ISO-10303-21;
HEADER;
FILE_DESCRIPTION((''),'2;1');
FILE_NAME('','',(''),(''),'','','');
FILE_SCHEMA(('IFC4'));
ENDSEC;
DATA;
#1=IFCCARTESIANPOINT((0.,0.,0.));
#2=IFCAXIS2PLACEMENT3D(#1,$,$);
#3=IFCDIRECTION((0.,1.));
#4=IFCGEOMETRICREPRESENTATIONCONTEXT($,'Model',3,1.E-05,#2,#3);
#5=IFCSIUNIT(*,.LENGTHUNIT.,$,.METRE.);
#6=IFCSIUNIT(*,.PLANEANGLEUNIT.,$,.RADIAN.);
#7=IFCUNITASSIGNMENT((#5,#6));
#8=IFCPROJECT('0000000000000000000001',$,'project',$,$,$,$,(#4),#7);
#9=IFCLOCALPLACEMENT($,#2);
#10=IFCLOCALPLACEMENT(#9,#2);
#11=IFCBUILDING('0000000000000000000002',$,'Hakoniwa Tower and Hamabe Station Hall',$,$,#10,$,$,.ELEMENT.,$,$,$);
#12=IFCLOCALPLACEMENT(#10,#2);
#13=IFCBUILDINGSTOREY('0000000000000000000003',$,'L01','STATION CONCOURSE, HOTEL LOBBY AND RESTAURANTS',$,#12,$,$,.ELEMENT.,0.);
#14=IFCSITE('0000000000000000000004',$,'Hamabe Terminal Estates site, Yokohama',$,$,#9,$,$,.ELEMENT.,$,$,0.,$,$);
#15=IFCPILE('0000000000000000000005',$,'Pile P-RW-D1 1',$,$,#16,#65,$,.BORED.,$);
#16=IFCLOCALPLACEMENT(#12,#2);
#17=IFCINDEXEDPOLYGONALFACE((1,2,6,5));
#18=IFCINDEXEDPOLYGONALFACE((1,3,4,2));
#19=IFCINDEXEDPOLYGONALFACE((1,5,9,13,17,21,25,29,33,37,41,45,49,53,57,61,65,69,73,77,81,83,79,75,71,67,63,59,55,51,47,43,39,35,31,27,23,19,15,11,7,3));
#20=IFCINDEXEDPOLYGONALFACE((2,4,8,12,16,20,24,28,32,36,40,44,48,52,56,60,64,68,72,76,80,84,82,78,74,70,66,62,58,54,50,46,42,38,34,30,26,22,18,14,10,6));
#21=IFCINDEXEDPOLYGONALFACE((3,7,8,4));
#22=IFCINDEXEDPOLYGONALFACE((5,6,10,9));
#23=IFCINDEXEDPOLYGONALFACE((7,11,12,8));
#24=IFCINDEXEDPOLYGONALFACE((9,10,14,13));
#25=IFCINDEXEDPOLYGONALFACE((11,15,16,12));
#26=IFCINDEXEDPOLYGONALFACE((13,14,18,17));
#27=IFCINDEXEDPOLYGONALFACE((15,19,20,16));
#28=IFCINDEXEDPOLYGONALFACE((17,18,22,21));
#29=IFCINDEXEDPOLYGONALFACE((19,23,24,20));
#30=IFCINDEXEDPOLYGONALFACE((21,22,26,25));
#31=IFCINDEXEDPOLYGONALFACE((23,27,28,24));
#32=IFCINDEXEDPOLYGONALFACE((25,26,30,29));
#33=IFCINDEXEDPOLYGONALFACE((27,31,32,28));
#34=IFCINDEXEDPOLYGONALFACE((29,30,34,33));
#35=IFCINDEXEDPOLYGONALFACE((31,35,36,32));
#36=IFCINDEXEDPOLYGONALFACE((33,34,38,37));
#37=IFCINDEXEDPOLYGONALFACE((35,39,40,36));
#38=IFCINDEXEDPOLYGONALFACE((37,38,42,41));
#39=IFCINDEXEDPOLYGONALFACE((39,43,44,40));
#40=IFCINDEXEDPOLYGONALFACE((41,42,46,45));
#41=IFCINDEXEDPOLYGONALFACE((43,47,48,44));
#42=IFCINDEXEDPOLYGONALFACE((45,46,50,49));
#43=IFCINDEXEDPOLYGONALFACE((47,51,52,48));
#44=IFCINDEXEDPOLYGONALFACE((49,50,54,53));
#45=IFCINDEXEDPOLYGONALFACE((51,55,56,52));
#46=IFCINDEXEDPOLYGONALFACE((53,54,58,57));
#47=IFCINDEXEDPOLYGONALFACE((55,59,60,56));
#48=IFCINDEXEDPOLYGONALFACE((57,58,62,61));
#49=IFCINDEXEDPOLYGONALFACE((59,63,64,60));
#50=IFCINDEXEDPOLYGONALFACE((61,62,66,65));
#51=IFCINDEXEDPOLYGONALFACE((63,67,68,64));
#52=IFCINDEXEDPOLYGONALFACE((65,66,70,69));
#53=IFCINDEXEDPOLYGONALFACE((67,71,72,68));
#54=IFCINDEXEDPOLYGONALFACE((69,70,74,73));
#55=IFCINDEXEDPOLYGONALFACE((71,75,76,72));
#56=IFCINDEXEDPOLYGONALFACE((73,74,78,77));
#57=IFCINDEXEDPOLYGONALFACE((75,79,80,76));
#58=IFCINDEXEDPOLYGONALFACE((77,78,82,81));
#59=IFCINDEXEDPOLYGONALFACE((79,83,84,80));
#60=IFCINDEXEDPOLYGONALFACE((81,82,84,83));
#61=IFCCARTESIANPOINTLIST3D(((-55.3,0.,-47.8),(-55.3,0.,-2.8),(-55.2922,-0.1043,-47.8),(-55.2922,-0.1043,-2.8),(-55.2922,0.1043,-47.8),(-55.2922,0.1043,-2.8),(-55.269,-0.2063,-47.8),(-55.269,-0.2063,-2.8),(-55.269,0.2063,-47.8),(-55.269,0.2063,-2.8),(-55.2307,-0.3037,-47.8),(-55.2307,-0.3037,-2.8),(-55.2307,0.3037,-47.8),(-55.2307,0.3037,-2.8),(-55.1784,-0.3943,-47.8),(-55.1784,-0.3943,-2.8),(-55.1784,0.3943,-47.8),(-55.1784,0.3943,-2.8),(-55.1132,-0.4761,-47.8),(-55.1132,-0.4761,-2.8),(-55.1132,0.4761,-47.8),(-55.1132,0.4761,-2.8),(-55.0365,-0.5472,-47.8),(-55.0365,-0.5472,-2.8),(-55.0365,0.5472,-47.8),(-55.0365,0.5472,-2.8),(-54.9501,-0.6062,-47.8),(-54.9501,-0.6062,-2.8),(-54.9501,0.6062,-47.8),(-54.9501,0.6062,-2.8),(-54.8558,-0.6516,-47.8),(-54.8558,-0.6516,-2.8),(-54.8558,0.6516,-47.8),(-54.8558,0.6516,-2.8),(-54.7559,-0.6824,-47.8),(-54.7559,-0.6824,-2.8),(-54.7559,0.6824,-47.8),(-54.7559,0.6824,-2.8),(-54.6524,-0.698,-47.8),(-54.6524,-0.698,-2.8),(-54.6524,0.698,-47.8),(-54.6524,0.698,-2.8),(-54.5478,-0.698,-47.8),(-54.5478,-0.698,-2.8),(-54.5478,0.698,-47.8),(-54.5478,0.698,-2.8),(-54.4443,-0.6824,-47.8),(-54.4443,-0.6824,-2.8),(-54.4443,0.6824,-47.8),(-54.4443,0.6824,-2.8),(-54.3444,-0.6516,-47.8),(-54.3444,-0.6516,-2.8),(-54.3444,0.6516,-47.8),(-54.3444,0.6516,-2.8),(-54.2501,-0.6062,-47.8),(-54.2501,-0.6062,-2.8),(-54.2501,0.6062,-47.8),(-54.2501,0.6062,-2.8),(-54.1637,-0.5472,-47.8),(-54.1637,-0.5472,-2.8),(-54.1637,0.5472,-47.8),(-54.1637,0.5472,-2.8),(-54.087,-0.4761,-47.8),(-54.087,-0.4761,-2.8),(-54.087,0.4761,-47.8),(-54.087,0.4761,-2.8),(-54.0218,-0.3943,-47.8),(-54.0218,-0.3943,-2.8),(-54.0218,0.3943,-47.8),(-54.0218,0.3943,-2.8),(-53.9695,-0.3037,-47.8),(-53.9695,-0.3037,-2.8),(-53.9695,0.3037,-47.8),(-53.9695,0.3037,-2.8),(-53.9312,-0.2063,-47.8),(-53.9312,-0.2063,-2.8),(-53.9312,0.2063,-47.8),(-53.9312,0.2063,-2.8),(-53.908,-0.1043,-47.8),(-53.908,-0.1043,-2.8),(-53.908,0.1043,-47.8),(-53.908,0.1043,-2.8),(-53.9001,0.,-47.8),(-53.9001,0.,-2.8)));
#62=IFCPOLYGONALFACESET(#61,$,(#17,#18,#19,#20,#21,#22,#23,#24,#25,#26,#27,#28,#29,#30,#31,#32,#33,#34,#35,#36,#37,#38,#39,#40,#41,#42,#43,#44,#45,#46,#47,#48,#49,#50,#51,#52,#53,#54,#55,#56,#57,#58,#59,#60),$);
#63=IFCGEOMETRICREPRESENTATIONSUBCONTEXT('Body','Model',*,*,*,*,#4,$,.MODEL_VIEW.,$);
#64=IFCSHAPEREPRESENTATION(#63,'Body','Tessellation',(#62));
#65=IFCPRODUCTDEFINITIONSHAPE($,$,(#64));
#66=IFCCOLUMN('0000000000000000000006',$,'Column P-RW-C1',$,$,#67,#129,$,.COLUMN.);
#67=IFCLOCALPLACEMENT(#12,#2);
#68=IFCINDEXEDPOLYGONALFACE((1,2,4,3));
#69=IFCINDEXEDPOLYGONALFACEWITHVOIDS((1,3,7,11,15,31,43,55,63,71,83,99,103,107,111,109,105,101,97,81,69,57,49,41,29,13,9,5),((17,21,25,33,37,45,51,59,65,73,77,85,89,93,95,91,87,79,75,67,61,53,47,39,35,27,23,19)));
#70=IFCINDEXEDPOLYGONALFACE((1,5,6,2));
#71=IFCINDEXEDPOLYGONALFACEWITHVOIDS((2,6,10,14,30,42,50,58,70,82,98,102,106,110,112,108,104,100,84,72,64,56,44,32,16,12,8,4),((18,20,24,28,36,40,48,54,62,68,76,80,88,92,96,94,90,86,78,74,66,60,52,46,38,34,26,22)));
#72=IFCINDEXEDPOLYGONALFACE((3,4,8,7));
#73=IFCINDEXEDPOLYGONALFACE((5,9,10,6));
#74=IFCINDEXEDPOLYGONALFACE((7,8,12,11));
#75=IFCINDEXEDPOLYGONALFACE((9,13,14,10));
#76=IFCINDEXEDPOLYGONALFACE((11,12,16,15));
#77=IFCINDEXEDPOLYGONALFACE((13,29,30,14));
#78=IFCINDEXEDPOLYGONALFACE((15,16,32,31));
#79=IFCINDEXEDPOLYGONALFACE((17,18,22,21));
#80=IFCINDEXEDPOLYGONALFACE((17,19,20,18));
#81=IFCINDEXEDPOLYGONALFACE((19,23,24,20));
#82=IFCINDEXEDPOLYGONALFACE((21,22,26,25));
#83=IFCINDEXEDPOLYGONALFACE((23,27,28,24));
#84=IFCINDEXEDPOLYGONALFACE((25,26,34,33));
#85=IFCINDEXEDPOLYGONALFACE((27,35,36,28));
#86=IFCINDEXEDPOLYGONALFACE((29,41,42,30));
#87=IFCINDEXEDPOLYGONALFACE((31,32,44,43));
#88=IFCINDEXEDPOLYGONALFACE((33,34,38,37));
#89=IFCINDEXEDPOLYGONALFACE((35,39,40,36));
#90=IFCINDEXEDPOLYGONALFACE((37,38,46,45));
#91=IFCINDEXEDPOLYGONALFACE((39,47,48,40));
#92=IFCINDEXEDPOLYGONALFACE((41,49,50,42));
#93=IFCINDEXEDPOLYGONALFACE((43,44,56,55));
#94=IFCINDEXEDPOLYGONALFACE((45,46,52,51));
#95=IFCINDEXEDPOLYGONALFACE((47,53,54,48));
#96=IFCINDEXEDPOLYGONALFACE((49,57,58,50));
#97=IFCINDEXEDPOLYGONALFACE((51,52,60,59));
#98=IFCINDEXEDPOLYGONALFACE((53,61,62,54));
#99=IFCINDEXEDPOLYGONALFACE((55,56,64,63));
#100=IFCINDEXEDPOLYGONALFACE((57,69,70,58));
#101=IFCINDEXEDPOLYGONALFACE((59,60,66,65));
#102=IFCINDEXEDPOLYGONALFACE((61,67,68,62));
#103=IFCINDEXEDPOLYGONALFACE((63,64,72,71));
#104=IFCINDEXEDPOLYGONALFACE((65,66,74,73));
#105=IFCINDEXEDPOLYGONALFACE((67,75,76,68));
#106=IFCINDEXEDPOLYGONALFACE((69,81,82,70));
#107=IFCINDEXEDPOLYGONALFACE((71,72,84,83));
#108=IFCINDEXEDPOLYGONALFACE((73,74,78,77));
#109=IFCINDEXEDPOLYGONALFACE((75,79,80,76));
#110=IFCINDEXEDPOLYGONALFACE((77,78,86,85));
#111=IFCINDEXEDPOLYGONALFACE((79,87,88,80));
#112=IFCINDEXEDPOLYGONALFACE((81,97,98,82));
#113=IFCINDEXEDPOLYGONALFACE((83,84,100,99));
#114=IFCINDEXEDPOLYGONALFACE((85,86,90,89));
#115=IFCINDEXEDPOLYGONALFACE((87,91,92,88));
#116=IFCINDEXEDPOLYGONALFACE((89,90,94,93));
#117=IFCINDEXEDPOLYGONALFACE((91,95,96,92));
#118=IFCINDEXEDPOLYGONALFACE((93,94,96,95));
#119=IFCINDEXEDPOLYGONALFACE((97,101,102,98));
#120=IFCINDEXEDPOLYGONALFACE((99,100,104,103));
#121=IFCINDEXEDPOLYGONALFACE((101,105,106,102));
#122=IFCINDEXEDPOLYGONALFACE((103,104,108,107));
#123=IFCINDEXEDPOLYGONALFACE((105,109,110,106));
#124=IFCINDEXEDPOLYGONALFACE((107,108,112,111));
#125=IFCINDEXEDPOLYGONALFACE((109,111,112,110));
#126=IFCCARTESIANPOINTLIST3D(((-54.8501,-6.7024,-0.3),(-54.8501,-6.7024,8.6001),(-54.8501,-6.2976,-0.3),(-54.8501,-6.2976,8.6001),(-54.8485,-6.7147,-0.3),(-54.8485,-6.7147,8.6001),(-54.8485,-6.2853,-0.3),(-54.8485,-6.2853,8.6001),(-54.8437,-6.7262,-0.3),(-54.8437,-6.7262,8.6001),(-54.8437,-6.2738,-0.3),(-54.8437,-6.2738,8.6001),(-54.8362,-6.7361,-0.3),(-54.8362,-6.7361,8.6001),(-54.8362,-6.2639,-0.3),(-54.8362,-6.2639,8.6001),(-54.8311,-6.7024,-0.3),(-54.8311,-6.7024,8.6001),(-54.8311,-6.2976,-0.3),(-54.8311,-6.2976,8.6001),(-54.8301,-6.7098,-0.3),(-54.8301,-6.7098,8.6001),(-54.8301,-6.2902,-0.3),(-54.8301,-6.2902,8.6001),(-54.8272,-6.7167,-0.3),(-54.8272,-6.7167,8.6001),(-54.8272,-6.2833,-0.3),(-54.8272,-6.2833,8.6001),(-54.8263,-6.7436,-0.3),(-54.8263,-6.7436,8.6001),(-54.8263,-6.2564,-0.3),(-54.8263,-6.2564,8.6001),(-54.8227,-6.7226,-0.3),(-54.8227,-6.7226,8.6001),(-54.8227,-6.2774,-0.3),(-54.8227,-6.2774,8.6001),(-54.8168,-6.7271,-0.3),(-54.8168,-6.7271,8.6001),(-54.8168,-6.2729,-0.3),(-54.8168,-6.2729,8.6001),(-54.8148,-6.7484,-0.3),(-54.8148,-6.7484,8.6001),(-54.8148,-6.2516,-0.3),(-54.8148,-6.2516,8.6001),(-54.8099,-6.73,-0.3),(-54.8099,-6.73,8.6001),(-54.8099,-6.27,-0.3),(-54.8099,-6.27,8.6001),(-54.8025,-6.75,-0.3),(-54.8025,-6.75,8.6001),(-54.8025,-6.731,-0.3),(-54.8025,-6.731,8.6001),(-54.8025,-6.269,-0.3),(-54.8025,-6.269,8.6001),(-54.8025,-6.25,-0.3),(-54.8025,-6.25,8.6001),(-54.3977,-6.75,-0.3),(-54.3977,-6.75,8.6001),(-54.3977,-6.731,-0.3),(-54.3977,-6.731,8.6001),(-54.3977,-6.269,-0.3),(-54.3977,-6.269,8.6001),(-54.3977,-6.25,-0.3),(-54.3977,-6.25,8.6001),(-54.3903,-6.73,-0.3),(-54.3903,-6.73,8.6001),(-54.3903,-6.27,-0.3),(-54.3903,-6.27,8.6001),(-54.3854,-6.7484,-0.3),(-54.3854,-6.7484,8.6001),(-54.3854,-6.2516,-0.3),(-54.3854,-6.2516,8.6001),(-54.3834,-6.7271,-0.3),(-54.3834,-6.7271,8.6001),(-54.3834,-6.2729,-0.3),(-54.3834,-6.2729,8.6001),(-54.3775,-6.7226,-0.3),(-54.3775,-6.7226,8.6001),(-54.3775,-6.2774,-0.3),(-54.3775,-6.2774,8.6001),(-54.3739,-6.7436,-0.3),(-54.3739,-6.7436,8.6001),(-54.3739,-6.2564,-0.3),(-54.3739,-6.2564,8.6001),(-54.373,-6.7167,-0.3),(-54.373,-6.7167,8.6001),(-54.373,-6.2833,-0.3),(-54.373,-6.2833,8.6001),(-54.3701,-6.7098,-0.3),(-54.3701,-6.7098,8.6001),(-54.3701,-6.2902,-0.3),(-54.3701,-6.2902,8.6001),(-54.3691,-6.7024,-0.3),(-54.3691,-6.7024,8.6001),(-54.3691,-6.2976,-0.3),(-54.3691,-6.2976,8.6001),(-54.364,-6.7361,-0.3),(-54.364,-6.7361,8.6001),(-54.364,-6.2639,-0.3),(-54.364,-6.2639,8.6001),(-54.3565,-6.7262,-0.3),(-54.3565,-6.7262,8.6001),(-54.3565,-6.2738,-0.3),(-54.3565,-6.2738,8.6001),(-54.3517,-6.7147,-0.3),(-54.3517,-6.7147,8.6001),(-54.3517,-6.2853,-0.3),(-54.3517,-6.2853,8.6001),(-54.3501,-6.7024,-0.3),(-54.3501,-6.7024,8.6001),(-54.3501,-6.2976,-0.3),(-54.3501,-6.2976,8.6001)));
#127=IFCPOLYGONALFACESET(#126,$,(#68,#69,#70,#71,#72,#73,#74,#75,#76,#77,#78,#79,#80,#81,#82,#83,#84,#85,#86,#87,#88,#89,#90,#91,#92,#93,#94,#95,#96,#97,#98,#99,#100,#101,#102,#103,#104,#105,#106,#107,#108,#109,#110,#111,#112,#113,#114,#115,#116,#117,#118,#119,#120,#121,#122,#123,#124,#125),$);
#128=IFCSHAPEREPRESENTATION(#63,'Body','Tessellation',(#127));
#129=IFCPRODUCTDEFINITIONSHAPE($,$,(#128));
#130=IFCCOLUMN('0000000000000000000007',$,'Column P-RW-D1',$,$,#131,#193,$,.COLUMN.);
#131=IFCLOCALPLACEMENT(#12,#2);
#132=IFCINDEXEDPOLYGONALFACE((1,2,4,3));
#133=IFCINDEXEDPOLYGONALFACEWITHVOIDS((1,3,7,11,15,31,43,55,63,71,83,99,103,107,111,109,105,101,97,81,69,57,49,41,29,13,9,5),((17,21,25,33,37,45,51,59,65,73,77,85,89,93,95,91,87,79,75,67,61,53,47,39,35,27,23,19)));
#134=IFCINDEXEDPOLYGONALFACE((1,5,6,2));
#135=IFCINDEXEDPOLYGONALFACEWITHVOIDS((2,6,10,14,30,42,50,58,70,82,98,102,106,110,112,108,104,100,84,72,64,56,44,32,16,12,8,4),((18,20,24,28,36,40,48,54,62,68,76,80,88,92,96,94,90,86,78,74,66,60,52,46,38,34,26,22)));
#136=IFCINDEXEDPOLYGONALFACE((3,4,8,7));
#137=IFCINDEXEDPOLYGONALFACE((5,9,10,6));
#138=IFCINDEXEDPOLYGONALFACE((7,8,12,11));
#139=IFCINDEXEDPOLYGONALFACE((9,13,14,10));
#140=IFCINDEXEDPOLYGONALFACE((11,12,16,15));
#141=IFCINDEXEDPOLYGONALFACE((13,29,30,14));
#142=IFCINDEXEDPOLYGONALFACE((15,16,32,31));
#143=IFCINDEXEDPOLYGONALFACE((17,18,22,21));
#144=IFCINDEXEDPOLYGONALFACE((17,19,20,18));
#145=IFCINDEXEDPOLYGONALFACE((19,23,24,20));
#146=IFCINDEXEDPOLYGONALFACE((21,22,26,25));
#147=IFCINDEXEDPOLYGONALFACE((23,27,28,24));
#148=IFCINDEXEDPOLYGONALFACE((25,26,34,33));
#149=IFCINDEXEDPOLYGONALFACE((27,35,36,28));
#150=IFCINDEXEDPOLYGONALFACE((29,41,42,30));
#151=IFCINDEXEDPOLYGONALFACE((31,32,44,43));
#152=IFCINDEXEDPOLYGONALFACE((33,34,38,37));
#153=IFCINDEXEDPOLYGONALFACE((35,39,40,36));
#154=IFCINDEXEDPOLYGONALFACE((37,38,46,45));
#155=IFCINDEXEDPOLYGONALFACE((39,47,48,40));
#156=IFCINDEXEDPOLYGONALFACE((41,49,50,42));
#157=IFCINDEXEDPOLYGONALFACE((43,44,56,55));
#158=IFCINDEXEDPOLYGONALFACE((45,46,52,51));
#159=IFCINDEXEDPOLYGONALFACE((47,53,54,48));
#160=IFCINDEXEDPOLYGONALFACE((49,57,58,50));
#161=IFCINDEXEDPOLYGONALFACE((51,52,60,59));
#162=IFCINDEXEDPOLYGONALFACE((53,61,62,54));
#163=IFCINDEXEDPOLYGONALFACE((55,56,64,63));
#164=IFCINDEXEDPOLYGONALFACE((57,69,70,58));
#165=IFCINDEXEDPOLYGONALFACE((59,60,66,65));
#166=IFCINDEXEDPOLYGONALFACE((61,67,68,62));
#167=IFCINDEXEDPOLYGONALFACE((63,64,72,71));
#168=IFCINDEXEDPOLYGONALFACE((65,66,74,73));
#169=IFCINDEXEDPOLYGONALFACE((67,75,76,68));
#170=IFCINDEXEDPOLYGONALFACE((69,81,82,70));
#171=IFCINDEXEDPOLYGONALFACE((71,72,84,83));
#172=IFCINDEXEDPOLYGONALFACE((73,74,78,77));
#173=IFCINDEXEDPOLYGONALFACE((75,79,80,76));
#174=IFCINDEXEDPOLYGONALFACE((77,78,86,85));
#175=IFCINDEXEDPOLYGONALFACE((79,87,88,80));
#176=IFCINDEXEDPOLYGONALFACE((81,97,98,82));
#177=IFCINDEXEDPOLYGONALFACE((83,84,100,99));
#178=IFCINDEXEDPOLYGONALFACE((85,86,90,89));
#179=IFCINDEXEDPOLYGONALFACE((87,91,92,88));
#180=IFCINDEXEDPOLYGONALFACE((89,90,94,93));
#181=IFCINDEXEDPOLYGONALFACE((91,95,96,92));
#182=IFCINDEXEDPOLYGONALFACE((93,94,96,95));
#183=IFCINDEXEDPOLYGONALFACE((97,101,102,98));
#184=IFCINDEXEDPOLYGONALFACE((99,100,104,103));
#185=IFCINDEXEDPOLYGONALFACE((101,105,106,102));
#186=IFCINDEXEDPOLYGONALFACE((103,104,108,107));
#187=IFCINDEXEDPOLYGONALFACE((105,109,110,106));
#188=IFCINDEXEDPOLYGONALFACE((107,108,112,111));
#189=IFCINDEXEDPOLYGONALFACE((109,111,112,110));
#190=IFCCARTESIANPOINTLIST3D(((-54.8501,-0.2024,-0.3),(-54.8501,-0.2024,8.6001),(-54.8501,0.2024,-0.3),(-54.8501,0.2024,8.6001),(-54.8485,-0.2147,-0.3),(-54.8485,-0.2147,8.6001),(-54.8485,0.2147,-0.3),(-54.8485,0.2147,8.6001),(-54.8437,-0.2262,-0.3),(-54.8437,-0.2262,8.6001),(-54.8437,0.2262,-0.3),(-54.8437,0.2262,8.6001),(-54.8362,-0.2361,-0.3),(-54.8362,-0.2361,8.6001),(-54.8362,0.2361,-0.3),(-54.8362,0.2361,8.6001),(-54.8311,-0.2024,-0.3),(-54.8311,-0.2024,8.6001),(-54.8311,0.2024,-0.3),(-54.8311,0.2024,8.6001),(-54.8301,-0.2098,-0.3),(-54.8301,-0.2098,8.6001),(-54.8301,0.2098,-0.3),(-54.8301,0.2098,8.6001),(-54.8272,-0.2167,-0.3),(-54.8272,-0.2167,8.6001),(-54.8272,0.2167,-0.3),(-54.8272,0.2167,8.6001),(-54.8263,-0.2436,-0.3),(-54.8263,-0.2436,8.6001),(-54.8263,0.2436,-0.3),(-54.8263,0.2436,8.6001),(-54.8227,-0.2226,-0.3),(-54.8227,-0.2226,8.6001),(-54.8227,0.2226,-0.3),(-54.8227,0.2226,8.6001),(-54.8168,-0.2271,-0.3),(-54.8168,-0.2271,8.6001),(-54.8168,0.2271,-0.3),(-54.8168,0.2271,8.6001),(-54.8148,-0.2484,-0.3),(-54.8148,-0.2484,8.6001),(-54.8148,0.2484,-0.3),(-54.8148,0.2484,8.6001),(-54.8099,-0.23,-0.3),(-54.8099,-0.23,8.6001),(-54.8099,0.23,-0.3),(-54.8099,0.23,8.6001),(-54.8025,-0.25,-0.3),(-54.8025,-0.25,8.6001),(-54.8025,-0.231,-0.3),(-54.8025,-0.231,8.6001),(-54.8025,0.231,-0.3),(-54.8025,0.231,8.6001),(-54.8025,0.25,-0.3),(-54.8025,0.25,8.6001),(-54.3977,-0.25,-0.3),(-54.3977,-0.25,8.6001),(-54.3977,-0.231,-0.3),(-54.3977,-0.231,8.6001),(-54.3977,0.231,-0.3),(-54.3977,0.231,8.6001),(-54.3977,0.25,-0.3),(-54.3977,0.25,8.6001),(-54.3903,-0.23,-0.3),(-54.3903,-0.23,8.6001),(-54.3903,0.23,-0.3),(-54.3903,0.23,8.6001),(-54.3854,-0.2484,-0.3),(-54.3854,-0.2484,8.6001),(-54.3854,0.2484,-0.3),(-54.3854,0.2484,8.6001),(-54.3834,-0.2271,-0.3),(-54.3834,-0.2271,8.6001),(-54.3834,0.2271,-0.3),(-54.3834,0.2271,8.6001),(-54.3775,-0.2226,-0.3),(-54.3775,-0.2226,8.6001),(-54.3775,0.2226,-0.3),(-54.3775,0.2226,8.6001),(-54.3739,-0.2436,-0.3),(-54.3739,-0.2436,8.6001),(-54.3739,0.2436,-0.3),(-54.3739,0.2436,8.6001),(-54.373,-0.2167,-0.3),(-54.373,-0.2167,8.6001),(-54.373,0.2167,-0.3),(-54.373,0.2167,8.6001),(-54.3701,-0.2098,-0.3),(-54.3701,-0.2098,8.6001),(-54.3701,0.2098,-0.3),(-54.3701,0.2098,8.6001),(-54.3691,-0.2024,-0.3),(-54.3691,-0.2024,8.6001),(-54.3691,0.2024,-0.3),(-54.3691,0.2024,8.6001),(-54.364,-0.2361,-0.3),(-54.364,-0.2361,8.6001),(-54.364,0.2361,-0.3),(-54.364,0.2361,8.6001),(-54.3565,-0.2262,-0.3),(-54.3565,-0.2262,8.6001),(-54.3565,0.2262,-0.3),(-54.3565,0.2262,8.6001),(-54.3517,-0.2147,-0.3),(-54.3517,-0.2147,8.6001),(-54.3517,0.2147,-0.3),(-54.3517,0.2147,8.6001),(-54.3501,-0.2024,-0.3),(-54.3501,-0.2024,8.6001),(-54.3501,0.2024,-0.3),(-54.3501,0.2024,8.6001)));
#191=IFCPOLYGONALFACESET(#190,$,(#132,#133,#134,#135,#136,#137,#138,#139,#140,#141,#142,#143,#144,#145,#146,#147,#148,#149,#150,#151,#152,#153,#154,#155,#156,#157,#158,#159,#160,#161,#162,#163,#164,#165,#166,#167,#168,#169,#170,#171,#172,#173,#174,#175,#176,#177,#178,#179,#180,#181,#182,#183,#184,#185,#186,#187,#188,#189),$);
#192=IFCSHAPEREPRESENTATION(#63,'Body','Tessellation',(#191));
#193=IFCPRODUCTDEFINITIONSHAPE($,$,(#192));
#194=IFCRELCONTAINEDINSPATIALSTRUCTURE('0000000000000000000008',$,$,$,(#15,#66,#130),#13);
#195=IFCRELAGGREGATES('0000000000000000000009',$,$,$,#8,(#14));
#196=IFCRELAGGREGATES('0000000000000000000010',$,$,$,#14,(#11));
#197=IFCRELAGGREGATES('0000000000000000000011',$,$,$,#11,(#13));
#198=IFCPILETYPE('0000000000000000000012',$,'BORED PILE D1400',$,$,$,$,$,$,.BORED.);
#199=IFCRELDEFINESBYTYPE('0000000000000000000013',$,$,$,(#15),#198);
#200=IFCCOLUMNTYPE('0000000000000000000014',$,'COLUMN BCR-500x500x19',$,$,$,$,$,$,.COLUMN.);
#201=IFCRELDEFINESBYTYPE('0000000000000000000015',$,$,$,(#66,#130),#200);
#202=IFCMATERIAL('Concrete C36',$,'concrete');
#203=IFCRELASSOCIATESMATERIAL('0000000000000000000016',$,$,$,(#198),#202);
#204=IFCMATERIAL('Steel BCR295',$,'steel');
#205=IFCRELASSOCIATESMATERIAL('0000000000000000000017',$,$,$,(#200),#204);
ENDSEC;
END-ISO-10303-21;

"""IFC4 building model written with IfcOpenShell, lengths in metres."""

from ifc_helpers import new_model, si_unit, direction, frame, origin, origin_2d, place, context, subcontext, project, spatial, hollow_rectangle, circle, extrude, material, material_profile, profile_set, type_object, element, save


model = new_model("IFC4")

# Units and contexts
model_context = context("Model", 3, precision=1e-05, world=origin(), true_north=direction((0.0, 1.0)))
body_context = subcontext(model_context, "Body", "Model", "MODEL_VIEW")
ifc_project = project(units=[si_unit("LENGTHUNIT", "METRE"), si_unit("PLANEANGLEUNIT", "RADIAN")], contexts=[model_context])

# Site, building, storey
site_placement = place(None, origin())
site = spatial("IfcSite", under=ifc_project, at=site_placement, Name="Hamabe Terminal Estates site, Yokohama", CompositionType="ELEMENT", RefElevation=0.0)
building_placement = place(site_placement, origin())
building = spatial("IfcBuilding", under=site, at=building_placement, Name="Hakoniwa Tower and Hamabe Station Hall", CompositionType="ELEMENT")
storey_placement = place(building_placement, origin())
storey = spatial("IfcBuildingStorey", under=building, at=storey_placement, Name="L01", Description="STATION CONCOURSE, HOTEL LOBBY AND RESTAURANTS", CompositionType="ELEMENT", Elevation=0.0)

# Pile
ifc_material_1 = material(Name="Concrete C36", Category="concrete")
ifc_material_profile_1 = material_profile(ifc_material_1, circle(Radius=0.7, at=origin_2d()), Name="BORED PILE D1400")
ifc_profile_set_1 = profile_set([ifc_material_profile_1], Name="Concrete C36")
pile_type = type_object("IfcPileType", Name="BORED PILE D1400", PredefinedType="BORED", material=ifc_profile_set_1)
for number, where, z_axis, x_axis, name in (
    (1, (-54.6001, 0.0, -2.8), (0.0, 0.0, -1.0), (1.0, 0.0, 0.0), "Pile P-RW-D1 1"),
):
    element("IfcPile", number, at=place(storey_placement, frame(where, z_axis=z_axis, x_axis=x_axis)), inside=storey, type_object=pile_type, Name=name, PredefinedType="BORED", context=body_context, shape_type="SweptSolid", body=[
        extrude(circle(Radius=0.7, at=origin_2d()), origin(), (0.0, 0.0, 1.0), 45.0),
    ])

# Columns
ifc_material_2 = material(Name="Steel BCR295", Category="steel")
ifc_material_profile_2 = material_profile(ifc_material_2, hollow_rectangle(XDim=0.5, YDim=0.5, WallThickness=0.019, InnerFilletRadius=0.0286, OuterFilletRadius=0.0476, at=origin_2d()), Name="BCR-500x500x19")
ifc_profile_set_2 = profile_set([ifc_material_profile_2], Name="Steel BCR295")
column_type_1 = type_object("IfcColumnType", Name="COLUMN BCR-500x500x19", PredefinedType="COLUMN", material=ifc_profile_set_2)
for number, where, z_axis, x_axis, name in (
    (2, (-54.6001, -6.5, -0.3), (0.0, 0.0, 1.0), (1.0, 0.0, 0.0), "Column P-RW-C1"),
    (3, (-54.6001, 0.0, -0.3), (0.0, 0.0, 1.0), (1.0, 0.0, 0.0), "Column P-RW-D1"),
):
    element("IfcColumn", number, at=place(storey_placement, frame(where, z_axis=z_axis, x_axis=x_axis)), inside=storey, type_object=column_type_1, Name=name, PredefinedType="COLUMN", context=body_context, shape_type="SweptSolid", body=[
        extrude(hollow_rectangle(XDim=0.5, YDim=0.5, WallThickness=0.019, InnerFilletRadius=0.0286, OuterFilletRadius=0.0476, at=origin_2d()), origin(), (0.0, 0.0, 1.0), 8.9001),
    ])

save(model, "model.ifc")
